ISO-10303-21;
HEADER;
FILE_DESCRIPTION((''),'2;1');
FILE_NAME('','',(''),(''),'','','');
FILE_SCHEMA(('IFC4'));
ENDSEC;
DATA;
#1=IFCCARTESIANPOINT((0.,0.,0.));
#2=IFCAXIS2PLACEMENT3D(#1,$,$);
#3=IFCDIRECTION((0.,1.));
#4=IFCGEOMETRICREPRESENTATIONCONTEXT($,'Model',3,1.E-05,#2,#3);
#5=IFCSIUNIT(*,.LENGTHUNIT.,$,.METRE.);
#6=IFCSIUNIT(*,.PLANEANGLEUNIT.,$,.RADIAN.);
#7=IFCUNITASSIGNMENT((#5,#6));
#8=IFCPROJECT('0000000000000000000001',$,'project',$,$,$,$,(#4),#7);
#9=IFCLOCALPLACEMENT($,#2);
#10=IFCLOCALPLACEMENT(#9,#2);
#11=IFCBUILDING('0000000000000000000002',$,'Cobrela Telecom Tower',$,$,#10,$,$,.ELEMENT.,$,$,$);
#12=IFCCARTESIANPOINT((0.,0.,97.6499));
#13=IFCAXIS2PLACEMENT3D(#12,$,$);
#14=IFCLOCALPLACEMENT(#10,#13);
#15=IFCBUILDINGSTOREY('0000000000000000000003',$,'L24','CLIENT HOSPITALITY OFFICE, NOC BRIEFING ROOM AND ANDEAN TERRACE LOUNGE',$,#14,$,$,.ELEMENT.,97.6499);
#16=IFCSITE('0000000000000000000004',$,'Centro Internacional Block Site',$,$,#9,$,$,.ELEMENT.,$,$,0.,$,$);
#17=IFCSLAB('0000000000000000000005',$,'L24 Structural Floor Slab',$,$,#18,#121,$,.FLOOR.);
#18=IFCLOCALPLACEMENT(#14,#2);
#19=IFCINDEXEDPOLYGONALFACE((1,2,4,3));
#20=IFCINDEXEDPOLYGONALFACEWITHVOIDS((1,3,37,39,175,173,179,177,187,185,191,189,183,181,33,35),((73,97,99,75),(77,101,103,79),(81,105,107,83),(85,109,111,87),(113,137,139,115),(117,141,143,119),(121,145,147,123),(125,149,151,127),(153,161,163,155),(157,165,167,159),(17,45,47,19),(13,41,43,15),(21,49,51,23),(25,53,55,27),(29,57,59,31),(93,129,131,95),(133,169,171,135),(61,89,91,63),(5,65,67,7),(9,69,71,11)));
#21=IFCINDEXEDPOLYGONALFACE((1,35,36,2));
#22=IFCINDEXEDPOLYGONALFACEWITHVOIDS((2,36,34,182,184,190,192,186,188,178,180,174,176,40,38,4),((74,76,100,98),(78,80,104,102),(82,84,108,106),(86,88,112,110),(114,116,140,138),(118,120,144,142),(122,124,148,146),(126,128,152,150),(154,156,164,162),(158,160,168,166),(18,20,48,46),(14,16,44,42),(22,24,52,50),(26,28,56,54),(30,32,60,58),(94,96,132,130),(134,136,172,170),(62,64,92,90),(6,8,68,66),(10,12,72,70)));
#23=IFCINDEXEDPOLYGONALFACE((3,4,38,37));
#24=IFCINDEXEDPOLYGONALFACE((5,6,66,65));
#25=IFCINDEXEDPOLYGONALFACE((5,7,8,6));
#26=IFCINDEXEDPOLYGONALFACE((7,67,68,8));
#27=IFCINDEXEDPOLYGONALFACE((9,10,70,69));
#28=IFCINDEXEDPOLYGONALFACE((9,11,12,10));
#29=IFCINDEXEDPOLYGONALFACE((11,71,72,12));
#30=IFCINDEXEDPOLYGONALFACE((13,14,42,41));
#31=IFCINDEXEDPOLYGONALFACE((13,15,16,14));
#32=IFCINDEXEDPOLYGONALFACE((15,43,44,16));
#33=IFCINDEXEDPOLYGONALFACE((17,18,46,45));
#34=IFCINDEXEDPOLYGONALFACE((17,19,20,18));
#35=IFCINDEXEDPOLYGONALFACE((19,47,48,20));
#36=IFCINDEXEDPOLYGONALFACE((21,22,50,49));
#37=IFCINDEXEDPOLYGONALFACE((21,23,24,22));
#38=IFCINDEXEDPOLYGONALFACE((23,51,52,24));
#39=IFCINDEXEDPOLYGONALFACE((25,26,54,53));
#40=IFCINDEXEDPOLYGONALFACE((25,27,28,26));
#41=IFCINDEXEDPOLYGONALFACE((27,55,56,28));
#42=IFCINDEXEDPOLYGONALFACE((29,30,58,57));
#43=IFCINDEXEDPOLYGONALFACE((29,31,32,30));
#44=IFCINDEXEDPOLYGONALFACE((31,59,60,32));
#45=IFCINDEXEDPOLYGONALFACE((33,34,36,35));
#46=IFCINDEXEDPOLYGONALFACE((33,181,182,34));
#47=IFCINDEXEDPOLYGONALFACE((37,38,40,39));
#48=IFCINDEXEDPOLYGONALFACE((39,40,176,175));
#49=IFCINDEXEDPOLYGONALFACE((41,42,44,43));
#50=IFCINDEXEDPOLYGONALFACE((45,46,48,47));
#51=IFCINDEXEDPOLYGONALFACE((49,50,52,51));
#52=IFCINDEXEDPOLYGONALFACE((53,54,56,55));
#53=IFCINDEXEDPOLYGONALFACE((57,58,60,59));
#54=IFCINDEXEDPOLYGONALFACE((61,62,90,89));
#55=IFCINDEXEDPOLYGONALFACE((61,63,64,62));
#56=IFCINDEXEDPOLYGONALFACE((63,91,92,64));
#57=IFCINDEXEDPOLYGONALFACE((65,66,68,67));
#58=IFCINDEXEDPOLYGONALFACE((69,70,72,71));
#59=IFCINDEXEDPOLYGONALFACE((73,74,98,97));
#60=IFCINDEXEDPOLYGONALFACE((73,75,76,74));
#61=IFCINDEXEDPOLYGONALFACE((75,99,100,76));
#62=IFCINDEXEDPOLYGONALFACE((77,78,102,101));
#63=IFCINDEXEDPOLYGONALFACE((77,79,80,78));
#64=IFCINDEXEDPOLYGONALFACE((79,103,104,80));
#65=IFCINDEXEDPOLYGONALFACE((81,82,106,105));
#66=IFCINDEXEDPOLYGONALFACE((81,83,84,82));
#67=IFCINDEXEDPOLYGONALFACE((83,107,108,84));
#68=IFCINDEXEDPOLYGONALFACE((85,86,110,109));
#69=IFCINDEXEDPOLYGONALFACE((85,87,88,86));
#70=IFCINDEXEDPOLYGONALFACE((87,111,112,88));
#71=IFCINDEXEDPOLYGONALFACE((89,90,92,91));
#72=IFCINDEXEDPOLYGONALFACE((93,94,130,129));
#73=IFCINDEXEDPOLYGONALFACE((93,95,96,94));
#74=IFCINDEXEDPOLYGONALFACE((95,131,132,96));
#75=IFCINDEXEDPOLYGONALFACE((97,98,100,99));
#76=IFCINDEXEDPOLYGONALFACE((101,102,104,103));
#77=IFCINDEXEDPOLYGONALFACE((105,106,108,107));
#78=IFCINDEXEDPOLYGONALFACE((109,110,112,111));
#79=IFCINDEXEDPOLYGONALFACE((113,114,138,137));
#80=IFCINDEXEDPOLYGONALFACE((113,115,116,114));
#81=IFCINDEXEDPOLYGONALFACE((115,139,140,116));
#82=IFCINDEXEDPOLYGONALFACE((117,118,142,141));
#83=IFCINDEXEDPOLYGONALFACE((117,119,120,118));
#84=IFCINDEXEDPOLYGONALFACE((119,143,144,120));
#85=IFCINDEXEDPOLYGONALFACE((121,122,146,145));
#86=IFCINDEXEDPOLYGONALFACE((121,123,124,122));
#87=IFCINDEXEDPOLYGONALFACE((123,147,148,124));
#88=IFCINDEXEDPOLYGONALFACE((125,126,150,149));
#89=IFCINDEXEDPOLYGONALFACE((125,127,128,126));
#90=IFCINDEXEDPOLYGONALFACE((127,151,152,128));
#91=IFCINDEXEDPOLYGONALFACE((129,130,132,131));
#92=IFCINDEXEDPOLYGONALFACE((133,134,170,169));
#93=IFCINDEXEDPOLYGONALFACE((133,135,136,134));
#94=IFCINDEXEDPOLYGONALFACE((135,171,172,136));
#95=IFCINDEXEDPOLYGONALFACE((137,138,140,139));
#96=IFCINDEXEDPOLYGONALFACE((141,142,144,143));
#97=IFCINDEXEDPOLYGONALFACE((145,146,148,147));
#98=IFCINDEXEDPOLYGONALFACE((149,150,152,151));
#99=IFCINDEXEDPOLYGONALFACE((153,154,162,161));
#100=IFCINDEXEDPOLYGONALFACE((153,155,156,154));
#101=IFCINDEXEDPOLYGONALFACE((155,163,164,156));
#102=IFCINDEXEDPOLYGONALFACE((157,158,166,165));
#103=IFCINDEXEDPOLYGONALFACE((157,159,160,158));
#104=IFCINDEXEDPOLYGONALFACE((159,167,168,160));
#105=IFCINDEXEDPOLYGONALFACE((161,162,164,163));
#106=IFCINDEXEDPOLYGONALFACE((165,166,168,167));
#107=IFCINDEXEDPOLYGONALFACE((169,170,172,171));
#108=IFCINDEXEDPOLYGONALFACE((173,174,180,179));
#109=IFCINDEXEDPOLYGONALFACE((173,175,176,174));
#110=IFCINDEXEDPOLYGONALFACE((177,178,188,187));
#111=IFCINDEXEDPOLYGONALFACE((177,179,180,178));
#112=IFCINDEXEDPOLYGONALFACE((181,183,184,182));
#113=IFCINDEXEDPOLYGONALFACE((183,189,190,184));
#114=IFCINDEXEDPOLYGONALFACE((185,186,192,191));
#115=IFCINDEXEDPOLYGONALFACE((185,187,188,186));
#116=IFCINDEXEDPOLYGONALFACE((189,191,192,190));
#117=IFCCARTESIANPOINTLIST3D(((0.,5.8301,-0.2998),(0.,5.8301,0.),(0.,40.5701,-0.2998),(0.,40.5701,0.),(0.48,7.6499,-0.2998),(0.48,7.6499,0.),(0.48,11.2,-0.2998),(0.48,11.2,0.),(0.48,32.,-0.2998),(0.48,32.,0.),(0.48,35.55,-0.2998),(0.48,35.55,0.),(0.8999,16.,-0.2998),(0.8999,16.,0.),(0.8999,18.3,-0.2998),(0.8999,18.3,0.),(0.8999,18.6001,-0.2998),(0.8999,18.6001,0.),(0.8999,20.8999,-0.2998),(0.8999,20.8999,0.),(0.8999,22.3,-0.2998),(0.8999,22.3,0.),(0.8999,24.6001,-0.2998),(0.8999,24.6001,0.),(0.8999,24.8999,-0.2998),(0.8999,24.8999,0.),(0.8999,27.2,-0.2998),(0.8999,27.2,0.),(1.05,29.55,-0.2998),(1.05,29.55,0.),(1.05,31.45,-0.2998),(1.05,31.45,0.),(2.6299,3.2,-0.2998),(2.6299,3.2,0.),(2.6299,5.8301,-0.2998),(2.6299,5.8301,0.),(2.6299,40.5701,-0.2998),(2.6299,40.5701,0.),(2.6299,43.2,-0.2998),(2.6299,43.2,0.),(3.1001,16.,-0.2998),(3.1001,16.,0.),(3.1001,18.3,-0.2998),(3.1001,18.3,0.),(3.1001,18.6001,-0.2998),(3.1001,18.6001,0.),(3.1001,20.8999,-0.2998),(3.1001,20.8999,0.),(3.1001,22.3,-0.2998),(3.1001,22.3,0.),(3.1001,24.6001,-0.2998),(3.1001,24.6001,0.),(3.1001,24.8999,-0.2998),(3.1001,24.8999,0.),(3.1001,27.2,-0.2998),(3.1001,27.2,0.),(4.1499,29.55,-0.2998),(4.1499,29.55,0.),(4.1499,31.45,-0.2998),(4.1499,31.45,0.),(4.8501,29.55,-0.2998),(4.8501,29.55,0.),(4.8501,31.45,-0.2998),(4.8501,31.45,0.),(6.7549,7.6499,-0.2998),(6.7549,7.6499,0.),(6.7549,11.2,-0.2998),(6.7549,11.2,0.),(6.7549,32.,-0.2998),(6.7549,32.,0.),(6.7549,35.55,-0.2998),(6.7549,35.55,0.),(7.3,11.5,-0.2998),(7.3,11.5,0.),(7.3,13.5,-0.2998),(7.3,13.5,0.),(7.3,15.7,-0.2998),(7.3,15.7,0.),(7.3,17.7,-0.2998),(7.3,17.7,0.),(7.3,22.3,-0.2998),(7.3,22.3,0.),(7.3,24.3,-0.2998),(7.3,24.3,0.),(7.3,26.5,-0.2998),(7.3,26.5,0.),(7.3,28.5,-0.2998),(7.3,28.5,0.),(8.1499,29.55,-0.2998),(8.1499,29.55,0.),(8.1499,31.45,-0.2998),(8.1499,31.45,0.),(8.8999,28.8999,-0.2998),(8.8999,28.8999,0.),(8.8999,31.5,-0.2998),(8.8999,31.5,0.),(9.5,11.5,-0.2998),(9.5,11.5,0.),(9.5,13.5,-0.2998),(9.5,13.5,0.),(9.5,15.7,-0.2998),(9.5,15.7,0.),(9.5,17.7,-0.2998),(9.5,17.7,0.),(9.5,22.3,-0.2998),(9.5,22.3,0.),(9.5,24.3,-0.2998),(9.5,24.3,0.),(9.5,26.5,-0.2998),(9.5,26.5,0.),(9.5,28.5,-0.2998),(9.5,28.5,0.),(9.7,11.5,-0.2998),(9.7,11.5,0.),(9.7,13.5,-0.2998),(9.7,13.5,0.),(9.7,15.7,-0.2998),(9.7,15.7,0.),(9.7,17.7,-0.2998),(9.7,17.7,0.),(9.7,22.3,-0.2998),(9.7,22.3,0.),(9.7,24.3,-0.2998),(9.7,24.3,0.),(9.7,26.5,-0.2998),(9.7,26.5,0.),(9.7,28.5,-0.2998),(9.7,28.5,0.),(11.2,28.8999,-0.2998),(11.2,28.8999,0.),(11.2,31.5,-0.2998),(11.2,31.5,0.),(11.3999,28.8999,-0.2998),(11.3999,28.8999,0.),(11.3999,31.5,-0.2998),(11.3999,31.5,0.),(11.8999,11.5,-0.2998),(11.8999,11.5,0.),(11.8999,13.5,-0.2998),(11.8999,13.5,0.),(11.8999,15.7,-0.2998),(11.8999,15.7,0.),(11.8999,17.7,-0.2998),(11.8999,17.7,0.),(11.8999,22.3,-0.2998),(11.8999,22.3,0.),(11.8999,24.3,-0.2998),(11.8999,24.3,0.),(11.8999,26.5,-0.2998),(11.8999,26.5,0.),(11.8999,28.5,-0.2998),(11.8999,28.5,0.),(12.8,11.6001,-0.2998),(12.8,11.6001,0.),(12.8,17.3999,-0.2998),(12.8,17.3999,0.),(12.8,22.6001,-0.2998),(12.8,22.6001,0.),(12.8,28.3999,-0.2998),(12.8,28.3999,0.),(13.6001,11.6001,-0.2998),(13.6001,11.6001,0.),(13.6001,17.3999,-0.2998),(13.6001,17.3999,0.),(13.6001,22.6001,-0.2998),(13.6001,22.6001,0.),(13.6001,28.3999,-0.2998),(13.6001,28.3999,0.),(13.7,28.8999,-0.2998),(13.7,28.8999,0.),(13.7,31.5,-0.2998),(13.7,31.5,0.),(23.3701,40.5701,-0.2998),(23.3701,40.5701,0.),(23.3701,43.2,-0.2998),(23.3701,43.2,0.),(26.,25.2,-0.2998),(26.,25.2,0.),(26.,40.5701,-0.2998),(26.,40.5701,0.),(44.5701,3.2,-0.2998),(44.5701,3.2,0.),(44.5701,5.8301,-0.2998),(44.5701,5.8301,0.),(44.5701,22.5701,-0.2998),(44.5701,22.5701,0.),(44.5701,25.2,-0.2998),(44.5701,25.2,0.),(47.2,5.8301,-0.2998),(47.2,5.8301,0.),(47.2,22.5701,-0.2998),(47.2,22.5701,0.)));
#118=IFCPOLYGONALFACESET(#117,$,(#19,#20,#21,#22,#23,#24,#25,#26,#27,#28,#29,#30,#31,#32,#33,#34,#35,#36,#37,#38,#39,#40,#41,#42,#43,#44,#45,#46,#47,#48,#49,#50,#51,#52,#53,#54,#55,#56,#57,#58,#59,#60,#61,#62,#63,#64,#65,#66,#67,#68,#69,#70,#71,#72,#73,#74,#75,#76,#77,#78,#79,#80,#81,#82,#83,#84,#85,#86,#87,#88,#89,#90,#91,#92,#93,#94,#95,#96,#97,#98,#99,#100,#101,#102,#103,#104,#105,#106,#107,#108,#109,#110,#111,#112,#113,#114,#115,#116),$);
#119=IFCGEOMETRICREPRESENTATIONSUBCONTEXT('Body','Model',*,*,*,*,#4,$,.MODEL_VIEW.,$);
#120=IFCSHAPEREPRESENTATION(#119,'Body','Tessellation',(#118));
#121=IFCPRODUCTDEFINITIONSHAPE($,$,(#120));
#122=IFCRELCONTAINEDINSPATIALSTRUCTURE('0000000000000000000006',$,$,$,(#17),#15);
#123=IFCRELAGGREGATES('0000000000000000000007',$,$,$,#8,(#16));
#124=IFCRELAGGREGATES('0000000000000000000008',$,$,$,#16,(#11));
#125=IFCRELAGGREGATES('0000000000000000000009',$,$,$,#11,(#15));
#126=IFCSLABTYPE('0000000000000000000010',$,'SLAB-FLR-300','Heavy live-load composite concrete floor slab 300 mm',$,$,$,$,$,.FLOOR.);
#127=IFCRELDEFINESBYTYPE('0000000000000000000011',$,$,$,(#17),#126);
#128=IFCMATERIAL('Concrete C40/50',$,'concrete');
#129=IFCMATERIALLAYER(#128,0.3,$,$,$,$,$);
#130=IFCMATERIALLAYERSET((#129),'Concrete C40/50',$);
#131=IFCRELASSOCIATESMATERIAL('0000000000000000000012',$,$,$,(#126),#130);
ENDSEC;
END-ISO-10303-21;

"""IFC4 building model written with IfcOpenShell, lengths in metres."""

from ifc_helpers import new_model, si_unit, direction, frame, origin, place, context, subcontext, project, spatial, polyline, outline, extrude, material, layer, layer_set, type_object, element, save


model = new_model("IFC4")

# Units and contexts
model_context = context("Model", 3, precision=1e-05, world=origin(), true_north=direction((0.0, 1.0)))
body_context = subcontext(model_context, "Body", "Model", "MODEL_VIEW")
ifc_project = project(units=[si_unit("LENGTHUNIT", "METRE"), si_unit("PLANEANGLEUNIT", "RADIAN")], contexts=[model_context])

# Site, building, storey
site_placement = place(None, origin())
site = spatial("IfcSite", under=ifc_project, at=site_placement, Name="Centro Internacional Block Site", CompositionType="ELEMENT", RefElevation=0.0)
building_placement = place(site_placement, origin())
building = spatial("IfcBuilding", under=site, at=building_placement, Name="Cobrela Telecom Tower", CompositionType="ELEMENT")
storey_placement = place(building_placement, frame((0.0, 0.0, 97.6499)))
storey = spatial("IfcBuildingStorey", under=building, at=storey_placement, Name="L24", Description="CLIENT HOSPITALITY OFFICE, NOC BRIEFING ROOM AND ANDEAN TERRACE LOUNGE", CompositionType="ELEMENT", Elevation=97.6499)

# Slab, openings
ifc_material_1 = material(Name="Concrete C40/50", Category="concrete")
ifc_layer_1 = layer(ifc_material_1, 0.3)
ifc_layer_set_1 = layer_set([ifc_layer_1], Name="Concrete C40/50")
slab_type_1 = type_object("IfcSlabType", Name="SLAB-FLR-300", Description="Heavy live-load composite concrete floor slab 300 mm", PredefinedType="FLOOR", material=ifc_layer_set_1)
slab_1_placement = place(storey_placement, frame((0.0, 0.0, -0.2998)))
slab_1 = element("IfcSlab", 1, at=slab_1_placement, inside=storey, type_object=slab_type_1, Name="L24 Structural Floor Slab", PredefinedType="FLOOR", context=body_context, shape_type="SweptSolid", body=[
    extrude(outline(polyline([(2.6299, 3.2), (44.5701, 3.2), (44.5701, 5.8301), (47.2, 5.8301), (47.2, 22.5701), (44.5701, 22.5701), (44.5701, 25.2), (26.0, 25.2), (26.0, 40.5701), (23.3701, 40.5701), (23.3701, 43.2), (2.6299, 43.2), (2.6299, 40.5701), (0.0, 40.5701), (0.0, 5.8301), (2.6299, 5.8301), (2.6299, 3.2)])), origin(), (0.0, 0.0, 1.0), 0.2998),
])
opening_1_placement = place(slab_1_placement, frame((0.0, 0.0, -0.02)))
element("IfcOpeningElement", 2, at=opening_1_placement, cuts=slab_1, PredefinedType="OPENING", context=body_context, shape_type="SweptSolid", body=[
    extrude(outline(polyline([(8.8999, 28.8999), (11.2, 28.8999), (11.2, 31.5), (8.8999, 31.5), (8.8999, 28.8999)])), origin(), (0.0, 0.0, 1.0), 0.3398),
])
opening_2_placement = place(slab_1_placement, frame((0.0, 0.0, -0.02)))
element("IfcOpeningElement", 3, at=opening_2_placement, cuts=slab_1, PredefinedType="OPENING", context=body_context, shape_type="SweptSolid", body=[
    extrude(outline(polyline([(11.3999, 28.8999), (13.7, 28.8999), (13.7, 31.5), (11.3999, 31.5), (11.3999, 28.8999)])), origin(), (0.0, 0.0, 1.0), 0.3398),
])
opening_3_placement = place(slab_1_placement, frame((0.0, 0.0, -0.02)))
element("IfcOpeningElement", 4, at=opening_3_placement, cuts=slab_1, PredefinedType="OPENING", context=body_context, shape_type="SweptSolid", body=[
    extrude(outline(polyline([(7.3, 22.3), (9.5, 22.3), (9.5, 24.3), (7.3, 24.3), (7.3, 22.3)])), origin(), (0.0, 0.0, 1.0), 0.3398),
])
opening_4_placement = place(slab_1_placement, frame((0.0, 0.0, -0.02)))
element("IfcOpeningElement", 5, at=opening_4_placement, cuts=slab_1, PredefinedType="OPENING", context=body_context, shape_type="SweptSolid", body=[
    extrude(outline(polyline([(9.7, 22.3), (11.8999, 22.3), (11.8999, 24.3), (9.7, 24.3), (9.7, 22.3)])), origin(), (0.0, 0.0, 1.0), 0.3398),
])
opening_5_placement = place(slab_1_placement, frame((0.0, 0.0, -0.02)))
element("IfcOpeningElement", 6, at=opening_5_placement, cuts=slab_1, PredefinedType="OPENING", context=body_context, shape_type="SweptSolid", body=[
    extrude(outline(polyline([(7.3, 26.5), (9.5, 26.5), (9.5, 28.5), (7.3, 28.5), (7.3, 26.5)])), origin(), (0.0, 0.0, 1.0), 0.3398),
])
opening_6_placement = place(slab_1_placement, frame((0.0, 0.0, -0.02)))
element("IfcOpeningElement", 7, at=opening_6_placement, cuts=slab_1, PredefinedType="OPENING", context=body_context, shape_type="SweptSolid", body=[
    extrude(outline(polyline([(9.7, 26.5), (11.8999, 26.5), (11.8999, 28.5), (9.7, 28.5), (9.7, 26.5)])), origin(), (0.0, 0.0, 1.0), 0.3398),
])
opening_7_placement = place(slab_1_placement, frame((0.0, 0.0, -0.02)))
element("IfcOpeningElement", 8, at=opening_7_placement, cuts=slab_1, PredefinedType="OPENING", context=body_context, shape_type="SweptSolid", body=[
    extrude(outline(polyline([(7.3, 15.7), (9.5, 15.7), (9.5, 17.7), (7.3, 17.7), (7.3, 15.7)])), origin(), (0.0, 0.0, 1.0), 0.3398),
])
opening_8_placement = place(slab_1_placement, frame((0.0, 0.0, -0.02)))
element("IfcOpeningElement", 9, at=opening_8_placement, cuts=slab_1, PredefinedType="OPENING", context=body_context, shape_type="SweptSolid", body=[
    extrude(outline(polyline([(9.7, 15.7), (11.8999, 15.7), (11.8999, 17.7), (9.7, 17.7), (9.7, 15.7)])), origin(), (0.0, 0.0, 1.0), 0.3398),
])
opening_9_placement = place(slab_1_placement, frame((0.0, 0.0, -0.02)))
element("IfcOpeningElement", 10, at=opening_9_placement, cuts=slab_1, PredefinedType="OPENING", context=body_context, shape_type="SweptSolid", body=[
    extrude(outline(polyline([(7.3, 11.5), (9.5, 11.5), (9.5, 13.5), (7.3, 13.5), (7.3, 11.5)])), origin(), (0.0, 0.0, 1.0), 0.3398),
])
opening_10_placement = place(slab_1_placement, frame((0.0, 0.0, -0.02)))
element("IfcOpeningElement", 11, at=opening_10_placement, cuts=slab_1, PredefinedType="OPENING", context=body_context, shape_type="SweptSolid", body=[
    extrude(outline(polyline([(9.7, 11.5), (11.8999, 11.5), (11.8999, 13.5), (9.7, 13.5), (9.7, 11.5)])), origin(), (0.0, 0.0, 1.0), 0.3398),
])
opening_11_placement = place(slab_1_placement, frame((0.0, 0.0, -0.02)))
element("IfcOpeningElement", 12, at=opening_11_placement, cuts=slab_1, PredefinedType="OPENING", context=body_context, shape_type="SweptSolid", body=[
    extrude(outline(polyline([(0.8999, 16.0), (3.1001, 16.0), (3.1001, 18.3), (0.8999, 18.3), (0.8999, 16.0)])), origin(), (0.0, 0.0, 1.0), 0.3398),
])
opening_12_placement = place(slab_1_placement, frame((0.0, 0.0, -0.02)))
element("IfcOpeningElement", 13, at=opening_12_placement, cuts=slab_1, PredefinedType="OPENING", context=body_context, shape_type="SweptSolid", body=[
    extrude(outline(polyline([(0.8999, 18.6001), (3.1001, 18.6001), (3.1001, 20.8999), (0.8999, 20.8999), (0.8999, 18.6001)])), origin(), (0.0, 0.0, 1.0), 0.3398),
])
opening_13_placement = place(slab_1_placement, frame((0.0, 0.0, -0.02)))
element("IfcOpeningElement", 14, at=opening_13_placement, cuts=slab_1, PredefinedType="OPENING", context=body_context, shape_type="SweptSolid", body=[
    extrude(outline(polyline([(0.8999, 22.3), (3.1001, 22.3), (3.1001, 24.6001), (0.8999, 24.6001), (0.8999, 22.3)])), origin(), (0.0, 0.0, 1.0), 0.3398),
])
opening_14_placement = place(slab_1_placement, frame((0.0, 0.0, -0.02)))
element("IfcOpeningElement", 15, at=opening_14_placement, cuts=slab_1, PredefinedType="OPENING", context=body_context, shape_type="SweptSolid", body=[
    extrude(outline(polyline([(0.8999, 24.8999), (3.1001, 24.8999), (3.1001, 27.2), (0.8999, 27.2), (0.8999, 24.8999)])), origin(), (0.0, 0.0, 1.0), 0.3398),
])
opening_15_placement = place(slab_1_placement, frame((0.0, 0.0, -0.02)))
element("IfcOpeningElement", 16, at=opening_15_placement, cuts=slab_1, PredefinedType="OPENING", context=body_context, shape_type="SweptSolid", body=[
    extrude(outline(polyline([(1.05, 29.55), (4.1499, 29.55), (4.1499, 31.45), (1.05, 31.45), (1.05, 29.55)])), origin(), (0.0, 0.0, 1.0), 0.3398),
])
opening_16_placement = place(slab_1_placement, frame((0.0, 0.0, -0.02)))
element("IfcOpeningElement", 17, at=opening_16_placement, cuts=slab_1, PredefinedType="OPENING", context=body_context, shape_type="SweptSolid", body=[
    extrude(outline(polyline([(4.8501, 29.55), (8.1499, 29.55), (8.1499, 31.45), (4.8501, 31.45), (4.8501, 29.55)])), origin(), (0.0, 0.0, 1.0), 0.3398),
])
opening_17_placement = place(slab_1_placement, frame((0.0, 0.0, -0.02)))
element("IfcOpeningElement", 18, at=opening_17_placement, cuts=slab_1, PredefinedType="OPENING", context=body_context, shape_type="SweptSolid", body=[
    extrude(outline(polyline([(12.8, 22.6001), (13.6001, 22.6001), (13.6001, 28.3999), (12.8, 28.3999), (12.8, 22.6001)])), origin(), (0.0, 0.0, 1.0), 0.3398),
])
opening_18_placement = place(slab_1_placement, frame((0.0, 0.0, -0.02)))
element("IfcOpeningElement", 19, at=opening_18_placement, cuts=slab_1, PredefinedType="OPENING", context=body_context, shape_type="SweptSolid", body=[
    extrude(outline(polyline([(12.8, 11.6001), (13.6001, 11.6001), (13.6001, 17.3999), (12.8, 17.3999), (12.8, 11.6001)])), origin(), (0.0, 0.0, 1.0), 0.3398),
])
opening_19_placement = place(slab_1_placement, frame((0.0, 0.0, -0.02)))
element("IfcOpeningElement", 20, at=opening_19_placement, cuts=slab_1, PredefinedType="OPENING", context=body_context, shape_type="SweptSolid", body=[
    extrude(outline(polyline([(6.7549, 35.55), (0.48, 35.55), (0.48, 32.0), (6.7549, 32.0), (6.7549, 35.55)])), origin(), (0.0, 0.0, 1.0), 0.3398),
])
opening_20_placement = place(slab_1_placement, frame((0.0, 0.0, -0.02)))
element("IfcOpeningElement", 21, at=opening_20_placement, cuts=slab_1, PredefinedType="OPENING", context=body_context, shape_type="SweptSolid", body=[
    extrude(outline(polyline([(6.7549, 11.2), (0.48, 11.2), (0.48, 7.6499), (6.7549, 7.6499), (6.7549, 11.2)])), origin(), (0.0, 0.0, 1.0), 0.3398),
])

save(model, "model.ifc")
